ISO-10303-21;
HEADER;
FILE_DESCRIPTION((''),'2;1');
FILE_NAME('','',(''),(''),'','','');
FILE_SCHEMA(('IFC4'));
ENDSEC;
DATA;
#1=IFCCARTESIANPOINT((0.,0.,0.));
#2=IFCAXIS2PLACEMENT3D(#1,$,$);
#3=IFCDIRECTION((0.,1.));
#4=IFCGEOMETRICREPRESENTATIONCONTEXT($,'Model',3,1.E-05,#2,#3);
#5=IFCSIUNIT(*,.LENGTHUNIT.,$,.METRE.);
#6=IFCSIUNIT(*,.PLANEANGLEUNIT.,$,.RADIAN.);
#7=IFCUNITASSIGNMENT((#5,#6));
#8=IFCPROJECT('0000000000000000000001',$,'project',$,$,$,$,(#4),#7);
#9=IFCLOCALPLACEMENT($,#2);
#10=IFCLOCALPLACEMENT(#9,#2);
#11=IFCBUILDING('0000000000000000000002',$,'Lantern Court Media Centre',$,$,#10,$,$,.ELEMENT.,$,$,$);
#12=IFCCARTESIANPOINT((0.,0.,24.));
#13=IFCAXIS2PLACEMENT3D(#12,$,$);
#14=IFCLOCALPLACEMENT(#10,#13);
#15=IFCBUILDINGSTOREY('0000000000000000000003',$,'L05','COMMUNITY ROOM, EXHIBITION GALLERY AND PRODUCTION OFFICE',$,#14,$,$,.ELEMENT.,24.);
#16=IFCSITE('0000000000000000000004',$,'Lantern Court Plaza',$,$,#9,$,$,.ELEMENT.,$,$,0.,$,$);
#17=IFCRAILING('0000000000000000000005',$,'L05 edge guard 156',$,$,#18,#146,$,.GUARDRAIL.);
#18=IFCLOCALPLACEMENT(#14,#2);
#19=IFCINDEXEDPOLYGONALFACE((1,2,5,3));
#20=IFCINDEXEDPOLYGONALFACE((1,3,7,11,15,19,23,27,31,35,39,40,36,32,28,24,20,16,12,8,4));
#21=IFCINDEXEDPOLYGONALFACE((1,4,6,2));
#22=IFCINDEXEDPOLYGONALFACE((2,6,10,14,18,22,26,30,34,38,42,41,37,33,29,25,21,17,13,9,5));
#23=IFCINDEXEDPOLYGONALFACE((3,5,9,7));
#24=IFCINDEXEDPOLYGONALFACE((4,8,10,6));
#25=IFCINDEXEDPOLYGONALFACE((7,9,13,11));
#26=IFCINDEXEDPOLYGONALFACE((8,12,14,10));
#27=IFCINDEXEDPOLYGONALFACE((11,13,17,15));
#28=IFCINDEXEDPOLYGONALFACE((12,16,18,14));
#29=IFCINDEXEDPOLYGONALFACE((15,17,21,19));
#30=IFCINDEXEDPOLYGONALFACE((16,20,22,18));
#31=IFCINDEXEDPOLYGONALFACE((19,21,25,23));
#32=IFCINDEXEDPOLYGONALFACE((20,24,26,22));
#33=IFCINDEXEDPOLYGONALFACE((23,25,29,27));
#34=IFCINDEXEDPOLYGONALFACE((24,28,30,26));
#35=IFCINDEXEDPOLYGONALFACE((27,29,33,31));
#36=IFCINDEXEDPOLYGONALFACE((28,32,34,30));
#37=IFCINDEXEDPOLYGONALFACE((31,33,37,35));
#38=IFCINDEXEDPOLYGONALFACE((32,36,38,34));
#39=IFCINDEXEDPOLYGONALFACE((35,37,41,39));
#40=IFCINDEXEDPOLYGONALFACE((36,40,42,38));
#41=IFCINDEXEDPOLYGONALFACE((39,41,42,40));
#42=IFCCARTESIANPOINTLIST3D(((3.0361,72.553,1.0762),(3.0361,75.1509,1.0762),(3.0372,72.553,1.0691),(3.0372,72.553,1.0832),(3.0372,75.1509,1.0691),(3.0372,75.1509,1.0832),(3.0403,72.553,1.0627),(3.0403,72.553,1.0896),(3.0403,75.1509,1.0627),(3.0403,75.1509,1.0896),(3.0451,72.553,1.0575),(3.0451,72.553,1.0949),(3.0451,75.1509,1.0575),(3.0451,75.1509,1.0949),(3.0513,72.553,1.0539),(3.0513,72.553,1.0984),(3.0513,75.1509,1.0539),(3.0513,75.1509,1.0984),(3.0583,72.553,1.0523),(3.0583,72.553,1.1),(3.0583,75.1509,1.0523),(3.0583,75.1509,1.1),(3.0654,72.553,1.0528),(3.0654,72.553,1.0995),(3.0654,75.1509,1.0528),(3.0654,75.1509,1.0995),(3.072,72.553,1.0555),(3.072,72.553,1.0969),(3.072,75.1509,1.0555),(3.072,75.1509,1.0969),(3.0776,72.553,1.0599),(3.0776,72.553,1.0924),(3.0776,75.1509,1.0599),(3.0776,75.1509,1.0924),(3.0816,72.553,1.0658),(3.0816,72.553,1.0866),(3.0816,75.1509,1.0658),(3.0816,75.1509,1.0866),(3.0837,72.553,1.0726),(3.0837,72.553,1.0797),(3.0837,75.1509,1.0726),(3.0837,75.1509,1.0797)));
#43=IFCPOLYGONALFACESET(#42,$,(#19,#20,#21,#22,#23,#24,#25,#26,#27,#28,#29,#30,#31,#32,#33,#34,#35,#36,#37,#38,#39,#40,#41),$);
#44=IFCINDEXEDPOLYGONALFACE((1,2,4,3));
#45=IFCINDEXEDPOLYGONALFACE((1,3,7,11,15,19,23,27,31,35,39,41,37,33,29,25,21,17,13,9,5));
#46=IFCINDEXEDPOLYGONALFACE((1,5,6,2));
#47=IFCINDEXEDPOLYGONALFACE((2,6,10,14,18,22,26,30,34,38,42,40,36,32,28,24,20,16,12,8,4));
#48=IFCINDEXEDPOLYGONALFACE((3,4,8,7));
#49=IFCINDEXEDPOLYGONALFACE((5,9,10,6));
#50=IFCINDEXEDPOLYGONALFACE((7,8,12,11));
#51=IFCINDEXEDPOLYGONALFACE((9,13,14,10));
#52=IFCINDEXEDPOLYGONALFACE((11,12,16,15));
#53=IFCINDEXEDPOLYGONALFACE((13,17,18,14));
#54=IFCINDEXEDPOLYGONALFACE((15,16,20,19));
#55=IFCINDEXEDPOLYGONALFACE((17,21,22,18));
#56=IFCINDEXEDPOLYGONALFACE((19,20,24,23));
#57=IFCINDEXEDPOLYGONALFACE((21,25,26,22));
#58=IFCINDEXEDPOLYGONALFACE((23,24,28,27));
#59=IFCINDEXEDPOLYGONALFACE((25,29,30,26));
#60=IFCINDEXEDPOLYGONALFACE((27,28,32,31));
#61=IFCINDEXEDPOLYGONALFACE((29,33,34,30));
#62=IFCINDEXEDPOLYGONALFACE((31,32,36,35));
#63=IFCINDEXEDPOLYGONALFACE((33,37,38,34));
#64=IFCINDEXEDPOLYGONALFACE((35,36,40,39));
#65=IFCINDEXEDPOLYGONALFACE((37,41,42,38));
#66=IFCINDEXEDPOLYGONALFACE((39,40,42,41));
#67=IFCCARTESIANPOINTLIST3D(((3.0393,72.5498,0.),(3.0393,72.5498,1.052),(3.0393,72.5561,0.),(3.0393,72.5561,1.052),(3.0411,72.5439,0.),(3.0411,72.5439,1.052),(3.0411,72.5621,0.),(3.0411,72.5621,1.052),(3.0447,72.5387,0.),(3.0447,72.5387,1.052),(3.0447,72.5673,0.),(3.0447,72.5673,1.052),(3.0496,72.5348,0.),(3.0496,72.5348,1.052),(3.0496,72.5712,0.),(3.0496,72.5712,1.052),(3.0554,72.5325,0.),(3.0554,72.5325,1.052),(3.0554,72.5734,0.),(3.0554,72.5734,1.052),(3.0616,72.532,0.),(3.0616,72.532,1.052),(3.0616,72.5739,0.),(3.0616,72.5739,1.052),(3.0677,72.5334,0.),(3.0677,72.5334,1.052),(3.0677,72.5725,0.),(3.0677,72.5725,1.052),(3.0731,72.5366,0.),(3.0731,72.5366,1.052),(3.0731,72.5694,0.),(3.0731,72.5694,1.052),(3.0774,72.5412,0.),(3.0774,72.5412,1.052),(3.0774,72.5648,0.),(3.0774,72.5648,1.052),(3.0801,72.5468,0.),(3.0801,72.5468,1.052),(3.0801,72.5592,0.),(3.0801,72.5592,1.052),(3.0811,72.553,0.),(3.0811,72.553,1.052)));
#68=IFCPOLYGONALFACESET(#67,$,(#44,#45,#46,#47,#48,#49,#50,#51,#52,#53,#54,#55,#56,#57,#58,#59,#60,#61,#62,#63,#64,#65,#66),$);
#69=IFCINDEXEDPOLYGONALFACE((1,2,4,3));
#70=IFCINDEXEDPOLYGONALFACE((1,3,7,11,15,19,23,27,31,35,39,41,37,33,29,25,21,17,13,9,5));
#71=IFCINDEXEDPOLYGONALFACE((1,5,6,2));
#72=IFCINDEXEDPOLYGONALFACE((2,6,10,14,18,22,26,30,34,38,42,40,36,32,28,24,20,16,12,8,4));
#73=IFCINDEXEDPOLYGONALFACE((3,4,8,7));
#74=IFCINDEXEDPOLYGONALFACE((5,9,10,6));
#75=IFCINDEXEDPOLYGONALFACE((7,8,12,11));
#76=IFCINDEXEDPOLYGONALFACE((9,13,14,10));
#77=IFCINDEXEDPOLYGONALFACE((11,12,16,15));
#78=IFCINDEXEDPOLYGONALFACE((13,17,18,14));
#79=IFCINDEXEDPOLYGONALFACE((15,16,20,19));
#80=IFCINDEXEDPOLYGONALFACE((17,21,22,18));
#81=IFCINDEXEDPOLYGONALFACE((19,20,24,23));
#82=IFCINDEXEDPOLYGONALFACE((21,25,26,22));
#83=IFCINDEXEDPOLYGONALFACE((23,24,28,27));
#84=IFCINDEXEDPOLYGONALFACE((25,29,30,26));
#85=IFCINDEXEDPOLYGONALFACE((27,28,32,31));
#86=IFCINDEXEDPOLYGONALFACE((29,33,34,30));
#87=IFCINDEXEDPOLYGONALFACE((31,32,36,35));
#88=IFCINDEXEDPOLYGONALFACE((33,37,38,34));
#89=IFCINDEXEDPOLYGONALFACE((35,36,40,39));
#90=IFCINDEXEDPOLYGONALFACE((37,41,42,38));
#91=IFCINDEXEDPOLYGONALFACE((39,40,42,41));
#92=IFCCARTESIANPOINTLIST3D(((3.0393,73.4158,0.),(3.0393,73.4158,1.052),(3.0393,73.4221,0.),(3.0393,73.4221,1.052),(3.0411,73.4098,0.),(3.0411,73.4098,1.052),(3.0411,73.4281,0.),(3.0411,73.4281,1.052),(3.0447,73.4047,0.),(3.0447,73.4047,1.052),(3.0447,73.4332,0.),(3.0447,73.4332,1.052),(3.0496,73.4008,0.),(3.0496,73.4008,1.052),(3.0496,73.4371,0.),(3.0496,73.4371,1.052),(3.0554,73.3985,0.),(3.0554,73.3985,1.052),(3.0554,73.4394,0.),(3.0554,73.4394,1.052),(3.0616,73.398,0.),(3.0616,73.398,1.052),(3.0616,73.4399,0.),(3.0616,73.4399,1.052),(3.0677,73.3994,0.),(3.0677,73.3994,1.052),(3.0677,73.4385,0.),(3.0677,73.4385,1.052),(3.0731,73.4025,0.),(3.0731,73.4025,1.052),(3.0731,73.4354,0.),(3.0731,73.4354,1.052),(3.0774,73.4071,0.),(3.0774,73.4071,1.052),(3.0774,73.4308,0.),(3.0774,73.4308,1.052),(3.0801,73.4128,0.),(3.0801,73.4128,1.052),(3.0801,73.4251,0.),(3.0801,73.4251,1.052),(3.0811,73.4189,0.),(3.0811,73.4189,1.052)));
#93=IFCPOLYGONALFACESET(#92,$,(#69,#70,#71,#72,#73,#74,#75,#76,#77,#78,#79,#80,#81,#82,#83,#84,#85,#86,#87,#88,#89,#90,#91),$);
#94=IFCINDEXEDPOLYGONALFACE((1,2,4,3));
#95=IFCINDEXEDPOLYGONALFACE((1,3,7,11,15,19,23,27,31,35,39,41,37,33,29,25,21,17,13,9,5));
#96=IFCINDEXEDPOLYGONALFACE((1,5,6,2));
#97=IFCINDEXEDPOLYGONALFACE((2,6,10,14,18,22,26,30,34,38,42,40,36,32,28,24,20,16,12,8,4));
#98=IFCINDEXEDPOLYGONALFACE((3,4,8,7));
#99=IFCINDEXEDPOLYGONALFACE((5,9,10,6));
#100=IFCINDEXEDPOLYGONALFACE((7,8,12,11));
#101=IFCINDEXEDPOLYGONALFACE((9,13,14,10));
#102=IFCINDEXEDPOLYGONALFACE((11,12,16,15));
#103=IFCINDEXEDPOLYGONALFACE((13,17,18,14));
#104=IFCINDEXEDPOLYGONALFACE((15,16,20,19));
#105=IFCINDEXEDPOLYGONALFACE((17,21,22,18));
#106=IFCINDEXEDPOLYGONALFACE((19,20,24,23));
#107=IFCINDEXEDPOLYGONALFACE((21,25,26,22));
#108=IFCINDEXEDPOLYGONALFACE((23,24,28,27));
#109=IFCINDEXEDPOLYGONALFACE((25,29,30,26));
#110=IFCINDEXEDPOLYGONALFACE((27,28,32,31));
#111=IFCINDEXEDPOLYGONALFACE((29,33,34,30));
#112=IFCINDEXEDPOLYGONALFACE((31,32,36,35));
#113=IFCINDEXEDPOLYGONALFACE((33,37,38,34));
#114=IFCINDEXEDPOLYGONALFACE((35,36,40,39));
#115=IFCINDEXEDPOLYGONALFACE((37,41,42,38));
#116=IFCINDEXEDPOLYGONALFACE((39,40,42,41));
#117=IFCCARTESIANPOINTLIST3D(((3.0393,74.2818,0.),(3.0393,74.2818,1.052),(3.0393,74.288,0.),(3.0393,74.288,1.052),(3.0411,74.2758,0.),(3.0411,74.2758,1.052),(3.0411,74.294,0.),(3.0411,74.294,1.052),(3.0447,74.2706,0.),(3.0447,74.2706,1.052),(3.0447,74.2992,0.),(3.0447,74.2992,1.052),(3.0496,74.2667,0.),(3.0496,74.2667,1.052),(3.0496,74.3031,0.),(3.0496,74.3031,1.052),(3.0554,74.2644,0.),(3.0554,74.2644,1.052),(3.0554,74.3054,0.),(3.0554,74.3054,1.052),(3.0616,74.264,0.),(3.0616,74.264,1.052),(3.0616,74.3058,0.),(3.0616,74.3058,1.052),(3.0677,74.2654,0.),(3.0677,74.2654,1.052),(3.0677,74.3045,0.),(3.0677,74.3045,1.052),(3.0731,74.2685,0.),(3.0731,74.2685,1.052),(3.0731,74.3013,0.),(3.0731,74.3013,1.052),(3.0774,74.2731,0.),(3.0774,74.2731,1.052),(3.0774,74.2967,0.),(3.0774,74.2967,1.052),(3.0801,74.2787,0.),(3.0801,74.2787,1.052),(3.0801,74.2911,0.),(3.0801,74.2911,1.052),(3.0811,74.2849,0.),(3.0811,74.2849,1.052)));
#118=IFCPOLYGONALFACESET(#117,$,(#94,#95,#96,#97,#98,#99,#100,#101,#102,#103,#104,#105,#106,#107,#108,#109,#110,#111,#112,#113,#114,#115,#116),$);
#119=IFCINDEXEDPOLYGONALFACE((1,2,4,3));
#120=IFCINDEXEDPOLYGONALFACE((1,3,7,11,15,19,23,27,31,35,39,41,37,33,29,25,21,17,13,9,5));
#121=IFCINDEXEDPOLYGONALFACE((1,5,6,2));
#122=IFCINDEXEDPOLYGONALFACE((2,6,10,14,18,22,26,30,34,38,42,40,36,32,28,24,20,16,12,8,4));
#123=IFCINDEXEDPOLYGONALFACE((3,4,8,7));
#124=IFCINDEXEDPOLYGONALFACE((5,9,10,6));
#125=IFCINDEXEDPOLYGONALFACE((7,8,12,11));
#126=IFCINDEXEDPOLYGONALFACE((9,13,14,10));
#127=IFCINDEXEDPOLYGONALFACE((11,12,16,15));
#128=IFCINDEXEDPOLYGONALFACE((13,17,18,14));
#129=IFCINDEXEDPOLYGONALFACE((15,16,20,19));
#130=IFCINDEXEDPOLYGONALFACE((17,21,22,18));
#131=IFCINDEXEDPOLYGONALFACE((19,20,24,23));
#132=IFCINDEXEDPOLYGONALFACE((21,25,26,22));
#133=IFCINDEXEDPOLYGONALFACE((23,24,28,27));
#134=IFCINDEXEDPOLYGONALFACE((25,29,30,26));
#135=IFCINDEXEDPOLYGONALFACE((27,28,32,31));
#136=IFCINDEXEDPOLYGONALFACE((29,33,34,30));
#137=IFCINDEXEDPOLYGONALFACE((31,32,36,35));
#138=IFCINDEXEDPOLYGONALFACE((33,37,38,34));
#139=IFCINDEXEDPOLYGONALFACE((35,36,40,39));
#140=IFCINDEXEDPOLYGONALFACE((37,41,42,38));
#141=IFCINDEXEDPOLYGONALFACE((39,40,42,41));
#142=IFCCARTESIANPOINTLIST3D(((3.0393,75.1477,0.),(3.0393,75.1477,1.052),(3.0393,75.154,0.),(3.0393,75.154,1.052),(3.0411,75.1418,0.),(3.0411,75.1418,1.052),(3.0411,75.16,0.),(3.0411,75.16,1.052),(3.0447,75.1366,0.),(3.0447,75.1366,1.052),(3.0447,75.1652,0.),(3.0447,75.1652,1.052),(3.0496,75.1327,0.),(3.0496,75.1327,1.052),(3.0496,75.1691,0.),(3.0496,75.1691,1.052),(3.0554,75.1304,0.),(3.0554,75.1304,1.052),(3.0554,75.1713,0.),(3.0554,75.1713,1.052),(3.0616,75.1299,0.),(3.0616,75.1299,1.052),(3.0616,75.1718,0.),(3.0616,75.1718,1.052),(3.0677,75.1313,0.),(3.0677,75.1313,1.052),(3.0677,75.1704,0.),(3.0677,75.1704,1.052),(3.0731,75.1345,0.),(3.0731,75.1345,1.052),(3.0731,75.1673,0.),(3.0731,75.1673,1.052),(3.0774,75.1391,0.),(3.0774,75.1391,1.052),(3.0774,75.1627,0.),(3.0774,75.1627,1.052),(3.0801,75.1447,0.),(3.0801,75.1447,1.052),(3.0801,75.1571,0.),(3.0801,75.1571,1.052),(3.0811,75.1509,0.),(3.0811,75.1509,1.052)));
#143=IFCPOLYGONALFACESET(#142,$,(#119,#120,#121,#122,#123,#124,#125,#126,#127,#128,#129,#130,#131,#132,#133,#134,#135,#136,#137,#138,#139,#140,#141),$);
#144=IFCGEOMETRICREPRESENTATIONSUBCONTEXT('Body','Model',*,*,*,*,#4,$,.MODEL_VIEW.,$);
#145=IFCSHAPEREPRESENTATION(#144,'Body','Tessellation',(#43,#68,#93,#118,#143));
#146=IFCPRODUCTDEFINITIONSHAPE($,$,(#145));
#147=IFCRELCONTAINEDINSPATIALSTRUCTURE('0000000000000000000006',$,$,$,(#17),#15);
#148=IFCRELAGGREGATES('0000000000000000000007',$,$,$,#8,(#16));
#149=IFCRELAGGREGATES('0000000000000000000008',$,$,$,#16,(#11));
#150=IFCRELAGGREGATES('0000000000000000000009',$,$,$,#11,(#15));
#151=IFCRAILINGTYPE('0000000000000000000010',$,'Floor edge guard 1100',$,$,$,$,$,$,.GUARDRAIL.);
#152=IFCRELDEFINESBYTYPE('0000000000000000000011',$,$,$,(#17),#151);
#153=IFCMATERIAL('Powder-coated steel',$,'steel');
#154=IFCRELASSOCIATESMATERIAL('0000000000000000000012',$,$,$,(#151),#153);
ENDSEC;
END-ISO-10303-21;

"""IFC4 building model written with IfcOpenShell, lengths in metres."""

from ifc_helpers import new_model, si_unit, direction, frame, origin, origin_2d, place, context, subcontext, project, spatial, circle, extrude, material, type_object, element, save


model = new_model("IFC4")

# Units and contexts
model_context = context("Model", 3, precision=1e-05, world=origin(), true_north=direction((0.0, 1.0)))
body_context = subcontext(model_context, "Body", "Model", "MODEL_VIEW")
ifc_project = project(units=[si_unit("LENGTHUNIT", "METRE"), si_unit("PLANEANGLEUNIT", "RADIAN")], contexts=[model_context])

# Site, building, storey
site_placement = place(None, origin())
site = spatial("IfcSite", under=ifc_project, at=site_placement, Name="Lantern Court Plaza", CompositionType="ELEMENT", RefElevation=0.0)
building_placement = place(site_placement, origin())
building = spatial("IfcBuilding", under=site, at=building_placement, Name="Lantern Court Media Centre", CompositionType="ELEMENT")
storey_placement = place(building_placement, frame((0.0, 0.0, 24.0)))
storey = spatial("IfcBuildingStorey", under=building, at=storey_placement, Name="L05", Description="COMMUNITY ROOM, EXHIBITION GALLERY AND PRODUCTION OFFICE", CompositionType="ELEMENT", Elevation=24.0)

# Railing
ifc_material_1 = material(Name="Powder-coated steel", Category="steel")
railing_type = type_object("IfcRailingType", Name="Floor edge guard 1100", PredefinedType="GUARDRAIL", material=ifc_material_1)
railing_1_placement = place(storey_placement, frame((3.0601, 72.553, 0.0)))
element("IfcRailing", 1, at=railing_1_placement, inside=storey, type_object=railing_type, Name="L05 edge guard 156", PredefinedType="GUARDRAIL", context=body_context, shape_type="SweptSolid", body=[
    extrude(circle(Radius=0.0239, at=origin_2d()), frame((0.0, 0.0, 1.0762), z_axis=(0.0, 1.0, 0.0), x_axis=(-1.0, 0.0, 0.0)), (0.0, 0.0, 1.0), 2.5979),
    extrude(circle(Radius=0.021, at=origin_2d()), origin(), (0.0, 0.0, 1.0), 1.052),
    extrude(circle(Radius=0.021, at=origin_2d()), frame((0.0, 0.866, 0.0)), (0.0, 0.0, 1.0), 1.052),
    extrude(circle(Radius=0.021, at=origin_2d()), frame((0.0, 1.7319, 0.0)), (0.0, 0.0, 1.0), 1.052),
    extrude(circle(Radius=0.021, at=origin_2d()), frame((0.0, 2.5979, 0.0)), (0.0, 0.0, 1.0), 1.052),
])

save(model, "model.ifc")
